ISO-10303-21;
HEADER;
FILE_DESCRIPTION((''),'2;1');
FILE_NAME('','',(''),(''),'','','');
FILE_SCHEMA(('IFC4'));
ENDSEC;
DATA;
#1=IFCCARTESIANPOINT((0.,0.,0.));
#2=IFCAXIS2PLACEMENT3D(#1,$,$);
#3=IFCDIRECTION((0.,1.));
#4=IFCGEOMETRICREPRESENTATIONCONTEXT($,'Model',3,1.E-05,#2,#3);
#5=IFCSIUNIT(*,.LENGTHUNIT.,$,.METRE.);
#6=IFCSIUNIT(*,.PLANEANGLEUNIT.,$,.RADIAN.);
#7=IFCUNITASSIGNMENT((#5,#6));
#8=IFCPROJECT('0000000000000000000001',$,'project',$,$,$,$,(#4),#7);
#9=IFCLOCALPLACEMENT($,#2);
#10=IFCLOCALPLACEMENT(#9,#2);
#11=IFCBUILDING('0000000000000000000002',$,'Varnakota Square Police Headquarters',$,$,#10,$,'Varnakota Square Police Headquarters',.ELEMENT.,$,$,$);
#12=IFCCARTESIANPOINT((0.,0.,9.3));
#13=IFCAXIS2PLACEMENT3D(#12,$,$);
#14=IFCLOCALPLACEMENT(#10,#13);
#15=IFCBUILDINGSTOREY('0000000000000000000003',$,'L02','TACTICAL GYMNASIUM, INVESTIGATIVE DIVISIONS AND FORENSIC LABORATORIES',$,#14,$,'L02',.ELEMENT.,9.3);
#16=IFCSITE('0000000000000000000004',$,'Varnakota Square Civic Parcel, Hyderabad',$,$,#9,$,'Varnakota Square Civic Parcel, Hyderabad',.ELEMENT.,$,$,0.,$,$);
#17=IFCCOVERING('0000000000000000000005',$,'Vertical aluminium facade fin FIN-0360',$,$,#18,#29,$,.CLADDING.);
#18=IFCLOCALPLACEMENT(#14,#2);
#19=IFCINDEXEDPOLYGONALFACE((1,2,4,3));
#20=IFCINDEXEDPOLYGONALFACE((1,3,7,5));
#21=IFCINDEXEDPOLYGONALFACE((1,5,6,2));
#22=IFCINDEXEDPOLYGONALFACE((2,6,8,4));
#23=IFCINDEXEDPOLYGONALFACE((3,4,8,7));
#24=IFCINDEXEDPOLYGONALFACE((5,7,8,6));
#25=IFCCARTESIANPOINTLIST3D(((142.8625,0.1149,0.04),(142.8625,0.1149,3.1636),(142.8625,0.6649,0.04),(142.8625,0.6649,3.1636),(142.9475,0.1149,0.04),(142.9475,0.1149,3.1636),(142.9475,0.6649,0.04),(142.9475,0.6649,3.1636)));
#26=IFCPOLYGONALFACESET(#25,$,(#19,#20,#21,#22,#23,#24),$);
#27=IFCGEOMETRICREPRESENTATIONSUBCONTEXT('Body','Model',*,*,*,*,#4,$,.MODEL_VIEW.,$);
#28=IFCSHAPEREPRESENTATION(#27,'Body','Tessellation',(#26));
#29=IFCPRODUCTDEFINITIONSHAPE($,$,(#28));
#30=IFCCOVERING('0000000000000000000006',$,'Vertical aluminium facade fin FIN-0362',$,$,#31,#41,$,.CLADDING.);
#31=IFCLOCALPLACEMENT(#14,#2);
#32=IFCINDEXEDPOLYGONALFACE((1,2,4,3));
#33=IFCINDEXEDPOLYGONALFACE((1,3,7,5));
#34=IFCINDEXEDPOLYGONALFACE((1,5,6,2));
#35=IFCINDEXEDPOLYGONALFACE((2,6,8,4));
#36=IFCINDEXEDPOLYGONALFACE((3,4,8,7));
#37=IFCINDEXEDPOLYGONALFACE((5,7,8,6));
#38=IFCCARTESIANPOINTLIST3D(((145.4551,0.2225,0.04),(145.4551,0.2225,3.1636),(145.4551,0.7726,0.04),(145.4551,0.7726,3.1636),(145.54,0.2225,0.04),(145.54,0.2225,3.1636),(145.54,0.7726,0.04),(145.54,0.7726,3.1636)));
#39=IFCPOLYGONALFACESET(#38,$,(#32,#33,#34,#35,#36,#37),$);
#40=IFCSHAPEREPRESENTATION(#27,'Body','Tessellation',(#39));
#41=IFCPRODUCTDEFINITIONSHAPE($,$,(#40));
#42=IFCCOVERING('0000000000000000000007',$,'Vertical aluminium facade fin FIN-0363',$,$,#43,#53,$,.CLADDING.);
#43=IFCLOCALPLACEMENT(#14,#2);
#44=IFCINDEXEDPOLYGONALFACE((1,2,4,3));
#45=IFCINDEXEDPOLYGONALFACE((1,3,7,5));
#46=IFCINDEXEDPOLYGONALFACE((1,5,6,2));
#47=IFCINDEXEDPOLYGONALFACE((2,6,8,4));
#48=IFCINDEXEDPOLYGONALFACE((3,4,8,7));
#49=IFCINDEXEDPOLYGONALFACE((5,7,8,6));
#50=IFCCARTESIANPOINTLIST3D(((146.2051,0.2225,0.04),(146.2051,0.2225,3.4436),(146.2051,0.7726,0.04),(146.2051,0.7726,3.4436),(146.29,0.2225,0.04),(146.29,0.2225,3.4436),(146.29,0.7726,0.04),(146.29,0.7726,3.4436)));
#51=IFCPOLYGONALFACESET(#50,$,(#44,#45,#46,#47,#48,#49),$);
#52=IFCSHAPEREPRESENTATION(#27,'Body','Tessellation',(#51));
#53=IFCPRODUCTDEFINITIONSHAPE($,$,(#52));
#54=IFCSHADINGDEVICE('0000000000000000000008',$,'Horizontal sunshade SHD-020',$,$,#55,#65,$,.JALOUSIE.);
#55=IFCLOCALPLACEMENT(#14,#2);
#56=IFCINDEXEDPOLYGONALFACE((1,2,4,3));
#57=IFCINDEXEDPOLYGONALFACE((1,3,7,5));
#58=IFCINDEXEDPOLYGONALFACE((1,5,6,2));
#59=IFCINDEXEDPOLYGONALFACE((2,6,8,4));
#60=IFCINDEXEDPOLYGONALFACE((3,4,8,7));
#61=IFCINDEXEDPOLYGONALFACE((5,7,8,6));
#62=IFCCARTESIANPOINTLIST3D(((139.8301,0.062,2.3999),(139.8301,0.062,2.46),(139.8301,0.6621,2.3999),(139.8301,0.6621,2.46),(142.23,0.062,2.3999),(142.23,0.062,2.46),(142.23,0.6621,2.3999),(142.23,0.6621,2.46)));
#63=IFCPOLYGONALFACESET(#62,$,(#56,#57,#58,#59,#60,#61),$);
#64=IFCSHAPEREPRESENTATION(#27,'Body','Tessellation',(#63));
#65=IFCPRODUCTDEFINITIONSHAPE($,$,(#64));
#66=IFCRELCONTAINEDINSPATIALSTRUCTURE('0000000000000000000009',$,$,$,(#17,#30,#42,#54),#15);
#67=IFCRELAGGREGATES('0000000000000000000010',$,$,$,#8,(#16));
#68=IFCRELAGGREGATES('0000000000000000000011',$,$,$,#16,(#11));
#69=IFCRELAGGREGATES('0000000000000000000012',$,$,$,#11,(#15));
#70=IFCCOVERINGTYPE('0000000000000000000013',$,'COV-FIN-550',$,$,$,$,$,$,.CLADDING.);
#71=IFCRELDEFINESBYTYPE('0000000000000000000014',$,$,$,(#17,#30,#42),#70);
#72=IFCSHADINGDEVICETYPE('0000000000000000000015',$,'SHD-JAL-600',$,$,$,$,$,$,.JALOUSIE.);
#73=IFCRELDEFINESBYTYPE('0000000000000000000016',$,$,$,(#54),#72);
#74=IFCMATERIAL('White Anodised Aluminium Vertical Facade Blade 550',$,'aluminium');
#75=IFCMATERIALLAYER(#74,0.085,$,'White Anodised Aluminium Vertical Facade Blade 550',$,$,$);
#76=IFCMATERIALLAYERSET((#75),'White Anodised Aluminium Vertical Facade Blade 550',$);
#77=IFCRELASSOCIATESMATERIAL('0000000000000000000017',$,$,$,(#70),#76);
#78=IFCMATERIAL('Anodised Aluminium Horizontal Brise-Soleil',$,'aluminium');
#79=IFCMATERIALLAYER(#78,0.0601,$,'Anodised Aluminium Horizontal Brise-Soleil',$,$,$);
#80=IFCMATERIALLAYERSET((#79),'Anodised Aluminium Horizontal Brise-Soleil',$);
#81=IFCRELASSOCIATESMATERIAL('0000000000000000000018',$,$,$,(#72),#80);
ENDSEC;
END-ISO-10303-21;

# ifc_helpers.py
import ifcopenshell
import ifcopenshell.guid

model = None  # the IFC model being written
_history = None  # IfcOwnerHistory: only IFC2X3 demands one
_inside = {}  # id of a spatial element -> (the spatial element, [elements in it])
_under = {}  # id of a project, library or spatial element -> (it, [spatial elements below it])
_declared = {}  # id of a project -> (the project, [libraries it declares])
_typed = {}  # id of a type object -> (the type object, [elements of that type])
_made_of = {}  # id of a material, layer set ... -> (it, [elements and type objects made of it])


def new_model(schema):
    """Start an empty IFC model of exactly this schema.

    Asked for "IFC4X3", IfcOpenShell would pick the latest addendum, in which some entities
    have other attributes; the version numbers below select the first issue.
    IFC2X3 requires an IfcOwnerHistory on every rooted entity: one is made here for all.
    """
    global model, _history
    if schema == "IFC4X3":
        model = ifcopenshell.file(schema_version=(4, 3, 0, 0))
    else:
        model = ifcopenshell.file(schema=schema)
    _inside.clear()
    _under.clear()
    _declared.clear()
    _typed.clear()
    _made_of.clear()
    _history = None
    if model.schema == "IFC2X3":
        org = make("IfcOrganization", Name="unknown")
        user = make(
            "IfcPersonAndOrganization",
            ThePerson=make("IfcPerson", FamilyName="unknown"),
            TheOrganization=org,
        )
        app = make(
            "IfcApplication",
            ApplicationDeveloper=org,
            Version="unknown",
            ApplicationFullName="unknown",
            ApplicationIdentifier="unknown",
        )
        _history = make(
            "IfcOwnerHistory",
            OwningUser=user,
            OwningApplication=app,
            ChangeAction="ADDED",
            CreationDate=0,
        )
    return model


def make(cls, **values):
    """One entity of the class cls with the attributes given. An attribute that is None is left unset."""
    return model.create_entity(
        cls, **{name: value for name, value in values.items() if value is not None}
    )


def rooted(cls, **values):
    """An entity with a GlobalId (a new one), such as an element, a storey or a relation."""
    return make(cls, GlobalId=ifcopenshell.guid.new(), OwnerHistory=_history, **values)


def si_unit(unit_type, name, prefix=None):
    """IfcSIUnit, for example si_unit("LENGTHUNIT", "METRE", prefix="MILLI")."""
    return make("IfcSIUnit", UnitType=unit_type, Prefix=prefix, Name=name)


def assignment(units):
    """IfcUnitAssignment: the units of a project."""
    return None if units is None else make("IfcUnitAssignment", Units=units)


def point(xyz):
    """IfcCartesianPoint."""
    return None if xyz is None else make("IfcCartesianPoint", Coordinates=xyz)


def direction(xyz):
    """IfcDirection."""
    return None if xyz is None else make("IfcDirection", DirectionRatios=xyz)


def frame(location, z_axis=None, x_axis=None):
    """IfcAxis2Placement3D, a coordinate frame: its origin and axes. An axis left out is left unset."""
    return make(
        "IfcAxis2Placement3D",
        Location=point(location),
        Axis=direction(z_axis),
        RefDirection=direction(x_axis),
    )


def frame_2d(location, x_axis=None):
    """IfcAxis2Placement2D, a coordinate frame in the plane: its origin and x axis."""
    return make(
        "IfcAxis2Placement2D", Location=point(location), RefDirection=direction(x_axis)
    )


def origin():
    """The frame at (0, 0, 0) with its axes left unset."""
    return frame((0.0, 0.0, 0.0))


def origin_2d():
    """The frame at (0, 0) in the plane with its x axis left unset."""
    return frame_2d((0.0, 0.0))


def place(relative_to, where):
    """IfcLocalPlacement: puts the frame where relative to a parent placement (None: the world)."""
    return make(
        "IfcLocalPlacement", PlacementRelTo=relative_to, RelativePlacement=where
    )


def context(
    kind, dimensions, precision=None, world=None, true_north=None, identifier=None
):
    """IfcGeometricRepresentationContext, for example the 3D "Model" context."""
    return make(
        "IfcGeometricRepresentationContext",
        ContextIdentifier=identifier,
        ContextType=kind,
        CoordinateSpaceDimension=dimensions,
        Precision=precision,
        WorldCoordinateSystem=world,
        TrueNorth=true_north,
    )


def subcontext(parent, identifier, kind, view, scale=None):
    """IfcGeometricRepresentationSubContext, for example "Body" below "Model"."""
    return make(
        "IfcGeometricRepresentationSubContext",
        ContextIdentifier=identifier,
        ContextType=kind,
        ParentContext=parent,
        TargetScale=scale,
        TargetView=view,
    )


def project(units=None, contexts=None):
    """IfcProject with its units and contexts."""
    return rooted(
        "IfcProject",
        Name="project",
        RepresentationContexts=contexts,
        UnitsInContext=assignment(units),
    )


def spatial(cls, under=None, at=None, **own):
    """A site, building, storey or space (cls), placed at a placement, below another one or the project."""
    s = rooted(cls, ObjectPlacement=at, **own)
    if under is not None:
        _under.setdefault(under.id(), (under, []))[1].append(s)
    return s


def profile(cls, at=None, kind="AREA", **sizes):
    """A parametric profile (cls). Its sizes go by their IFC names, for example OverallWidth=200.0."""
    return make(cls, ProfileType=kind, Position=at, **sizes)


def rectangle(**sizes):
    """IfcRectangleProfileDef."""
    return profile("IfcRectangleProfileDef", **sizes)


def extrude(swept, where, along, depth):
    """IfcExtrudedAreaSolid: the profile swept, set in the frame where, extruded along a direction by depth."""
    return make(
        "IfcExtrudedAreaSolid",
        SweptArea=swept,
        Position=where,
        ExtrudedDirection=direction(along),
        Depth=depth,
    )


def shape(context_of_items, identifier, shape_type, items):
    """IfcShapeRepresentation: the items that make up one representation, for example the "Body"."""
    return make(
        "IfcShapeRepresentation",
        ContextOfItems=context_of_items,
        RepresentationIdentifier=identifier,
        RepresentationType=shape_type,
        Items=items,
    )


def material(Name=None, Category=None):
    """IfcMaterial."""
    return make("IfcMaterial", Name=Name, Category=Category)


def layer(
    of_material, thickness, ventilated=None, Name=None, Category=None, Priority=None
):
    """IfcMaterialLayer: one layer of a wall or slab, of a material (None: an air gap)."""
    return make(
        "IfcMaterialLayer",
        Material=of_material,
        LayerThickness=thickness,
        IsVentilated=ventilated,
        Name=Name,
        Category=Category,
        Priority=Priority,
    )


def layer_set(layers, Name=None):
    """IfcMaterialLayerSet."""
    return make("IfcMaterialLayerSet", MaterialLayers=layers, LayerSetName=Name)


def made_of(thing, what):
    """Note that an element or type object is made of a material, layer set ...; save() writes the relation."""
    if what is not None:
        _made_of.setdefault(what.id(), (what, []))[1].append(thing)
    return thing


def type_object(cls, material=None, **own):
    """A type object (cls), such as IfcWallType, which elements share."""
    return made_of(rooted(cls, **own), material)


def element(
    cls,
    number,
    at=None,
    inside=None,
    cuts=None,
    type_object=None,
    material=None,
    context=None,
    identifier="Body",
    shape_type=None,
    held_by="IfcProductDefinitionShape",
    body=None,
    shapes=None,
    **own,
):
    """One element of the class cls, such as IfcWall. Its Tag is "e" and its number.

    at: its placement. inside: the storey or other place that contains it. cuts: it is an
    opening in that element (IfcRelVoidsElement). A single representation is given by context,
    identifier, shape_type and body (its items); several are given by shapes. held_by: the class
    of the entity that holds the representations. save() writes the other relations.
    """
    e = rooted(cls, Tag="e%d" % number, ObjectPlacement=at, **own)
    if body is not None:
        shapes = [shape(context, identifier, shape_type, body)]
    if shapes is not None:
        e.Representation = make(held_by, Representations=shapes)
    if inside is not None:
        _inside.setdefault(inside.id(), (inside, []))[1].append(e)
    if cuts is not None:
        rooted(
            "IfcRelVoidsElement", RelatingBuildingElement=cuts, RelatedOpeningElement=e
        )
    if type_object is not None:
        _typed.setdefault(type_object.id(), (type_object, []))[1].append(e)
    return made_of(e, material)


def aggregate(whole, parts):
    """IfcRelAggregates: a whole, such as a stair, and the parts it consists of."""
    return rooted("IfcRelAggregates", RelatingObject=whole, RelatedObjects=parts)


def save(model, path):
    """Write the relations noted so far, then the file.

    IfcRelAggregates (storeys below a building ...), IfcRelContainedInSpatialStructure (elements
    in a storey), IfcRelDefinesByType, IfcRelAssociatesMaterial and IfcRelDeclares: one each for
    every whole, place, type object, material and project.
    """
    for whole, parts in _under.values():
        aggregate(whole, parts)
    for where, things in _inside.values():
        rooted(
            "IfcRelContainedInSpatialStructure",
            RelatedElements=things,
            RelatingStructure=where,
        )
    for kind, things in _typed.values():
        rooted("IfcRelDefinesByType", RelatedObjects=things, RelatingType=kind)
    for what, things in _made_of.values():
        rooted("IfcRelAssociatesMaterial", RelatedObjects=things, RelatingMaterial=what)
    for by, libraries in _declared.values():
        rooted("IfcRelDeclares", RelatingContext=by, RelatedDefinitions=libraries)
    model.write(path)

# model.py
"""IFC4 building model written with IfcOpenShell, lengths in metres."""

from ifc_helpers import new_model, si_unit, direction, frame, origin, origin_2d, place, context, subcontext, project, spatial, rectangle, extrude, material, layer, layer_set, type_object, element, save


model = new_model("IFC4")

# Units and contexts
model_context = context("Model", 3, precision=1e-05, world=origin(), true_north=direction((0.0, 1.0)))
body_context = subcontext(model_context, "Body", "Model", "MODEL_VIEW")
ifc_project = project(units=[si_unit("LENGTHUNIT", "METRE"), si_unit("PLANEANGLEUNIT", "RADIAN")], contexts=[model_context])

# Site, building, storey
site_placement = place(None, origin())
site = spatial("IfcSite", under=ifc_project, at=site_placement, Name="Varnakota Square Civic Parcel, Hyderabad", LongName="Varnakota Square Civic Parcel, Hyderabad", CompositionType="ELEMENT", RefElevation=0.0)
building_placement = place(site_placement, origin())
building = spatial("IfcBuilding", under=site, at=building_placement, Name="Varnakota Square Police Headquarters", LongName="Varnakota Square Police Headquarters", CompositionType="ELEMENT")
storey_placement = place(building_placement, frame((0.0, 0.0, 9.3)))
storey = spatial("IfcBuildingStorey", under=building, at=storey_placement, Name="L02", Description="TACTICAL GYMNASIUM, INVESTIGATIVE DIVISIONS AND FORENSIC LABORATORIES", LongName="L02", CompositionType="ELEMENT", Elevation=9.3)

# Coverings
ifc_material_1 = material(Name="White Anodised Aluminium Vertical Facade Blade 550", Category="aluminium")
ifc_layer_1 = layer(ifc_material_1, 0.085, Name="White Anodised Aluminium Vertical Facade Blade 550")
ifc_layer_set_1 = layer_set([ifc_layer_1], Name="White Anodised Aluminium Vertical Facade Blade 550")
covering_type_1 = type_object("IfcCoveringType", Name="COV-FIN-550", PredefinedType="CLADDING", material=ifc_layer_set_1)
for number, where, z_axis, x_axis, name in (
    (1, (142.905, 0.3899, 0.04), (0.0, 0.0, 1.0), (1.0, 0.0, 0.0), "Vertical aluminium facade fin FIN-0360"),
    (2, (145.4976, 0.4976, 0.04), (0.0, 0.0, 1.0), (1.0, 0.0, 0.0), "Vertical aluminium facade fin FIN-0362"),
):
    element("IfcCovering", number, at=place(storey_placement, frame(where, z_axis=z_axis, x_axis=x_axis)), inside=storey, type_object=covering_type_1, Name=name, PredefinedType="CLADDING", context=body_context, shape_type="SweptSolid", body=[
        extrude(rectangle(XDim=0.085, YDim=0.55, at=origin_2d()), origin(), (0.0, 0.0, 1.0), 3.1235),
    ])
covering_1_placement = place(storey_placement, frame((146.2476, 0.4976, 0.04), z_axis=(0.0, 0.0, 1.0), x_axis=(1.0, 0.0, 0.0)))
element("IfcCovering", 3, at=covering_1_placement, inside=storey, type_object=covering_type_1, Name="Vertical aluminium facade fin FIN-0363", PredefinedType="CLADDING", context=body_context, shape_type="SweptSolid", body=[
    extrude(rectangle(XDim=0.085, YDim=0.55, at=origin_2d()), origin(), (0.0, 0.0, 1.0), 3.4036),
])

# Shading device
ifc_material_2 = material(Name="Anodised Aluminium Horizontal Brise-Soleil", Category="aluminium")
ifc_layer_2 = layer(ifc_material_2, 0.0601, Name="Anodised Aluminium Horizontal Brise-Soleil")
ifc_layer_set_2 = layer_set([ifc_layer_2], Name="Anodised Aluminium Horizontal Brise-Soleil")
shading_device_type = type_object("IfcShadingDeviceType", Name="SHD-JAL-600", PredefinedType="JALOUSIE", material=ifc_layer_set_2)
shading_device_placement = place(storey_placement, frame((141.03, 0.3621, 2.3999), z_axis=(0.0, 0.0, 1.0), x_axis=(1.0, 0.0, 0.0)))
element("IfcShadingDevice", 4, at=shading_device_placement, inside=storey, type_object=shading_device_type, Name="Horizontal sunshade SHD-020", PredefinedType="JALOUSIE", context=body_context, shape_type="SweptSolid", body=[
    extrude(rectangle(XDim=2.3999, YDim=0.6001, at=origin_2d()), origin(), (0.0, 0.0, 1.0), 0.0601),
])

save(model, "model.ifc")
